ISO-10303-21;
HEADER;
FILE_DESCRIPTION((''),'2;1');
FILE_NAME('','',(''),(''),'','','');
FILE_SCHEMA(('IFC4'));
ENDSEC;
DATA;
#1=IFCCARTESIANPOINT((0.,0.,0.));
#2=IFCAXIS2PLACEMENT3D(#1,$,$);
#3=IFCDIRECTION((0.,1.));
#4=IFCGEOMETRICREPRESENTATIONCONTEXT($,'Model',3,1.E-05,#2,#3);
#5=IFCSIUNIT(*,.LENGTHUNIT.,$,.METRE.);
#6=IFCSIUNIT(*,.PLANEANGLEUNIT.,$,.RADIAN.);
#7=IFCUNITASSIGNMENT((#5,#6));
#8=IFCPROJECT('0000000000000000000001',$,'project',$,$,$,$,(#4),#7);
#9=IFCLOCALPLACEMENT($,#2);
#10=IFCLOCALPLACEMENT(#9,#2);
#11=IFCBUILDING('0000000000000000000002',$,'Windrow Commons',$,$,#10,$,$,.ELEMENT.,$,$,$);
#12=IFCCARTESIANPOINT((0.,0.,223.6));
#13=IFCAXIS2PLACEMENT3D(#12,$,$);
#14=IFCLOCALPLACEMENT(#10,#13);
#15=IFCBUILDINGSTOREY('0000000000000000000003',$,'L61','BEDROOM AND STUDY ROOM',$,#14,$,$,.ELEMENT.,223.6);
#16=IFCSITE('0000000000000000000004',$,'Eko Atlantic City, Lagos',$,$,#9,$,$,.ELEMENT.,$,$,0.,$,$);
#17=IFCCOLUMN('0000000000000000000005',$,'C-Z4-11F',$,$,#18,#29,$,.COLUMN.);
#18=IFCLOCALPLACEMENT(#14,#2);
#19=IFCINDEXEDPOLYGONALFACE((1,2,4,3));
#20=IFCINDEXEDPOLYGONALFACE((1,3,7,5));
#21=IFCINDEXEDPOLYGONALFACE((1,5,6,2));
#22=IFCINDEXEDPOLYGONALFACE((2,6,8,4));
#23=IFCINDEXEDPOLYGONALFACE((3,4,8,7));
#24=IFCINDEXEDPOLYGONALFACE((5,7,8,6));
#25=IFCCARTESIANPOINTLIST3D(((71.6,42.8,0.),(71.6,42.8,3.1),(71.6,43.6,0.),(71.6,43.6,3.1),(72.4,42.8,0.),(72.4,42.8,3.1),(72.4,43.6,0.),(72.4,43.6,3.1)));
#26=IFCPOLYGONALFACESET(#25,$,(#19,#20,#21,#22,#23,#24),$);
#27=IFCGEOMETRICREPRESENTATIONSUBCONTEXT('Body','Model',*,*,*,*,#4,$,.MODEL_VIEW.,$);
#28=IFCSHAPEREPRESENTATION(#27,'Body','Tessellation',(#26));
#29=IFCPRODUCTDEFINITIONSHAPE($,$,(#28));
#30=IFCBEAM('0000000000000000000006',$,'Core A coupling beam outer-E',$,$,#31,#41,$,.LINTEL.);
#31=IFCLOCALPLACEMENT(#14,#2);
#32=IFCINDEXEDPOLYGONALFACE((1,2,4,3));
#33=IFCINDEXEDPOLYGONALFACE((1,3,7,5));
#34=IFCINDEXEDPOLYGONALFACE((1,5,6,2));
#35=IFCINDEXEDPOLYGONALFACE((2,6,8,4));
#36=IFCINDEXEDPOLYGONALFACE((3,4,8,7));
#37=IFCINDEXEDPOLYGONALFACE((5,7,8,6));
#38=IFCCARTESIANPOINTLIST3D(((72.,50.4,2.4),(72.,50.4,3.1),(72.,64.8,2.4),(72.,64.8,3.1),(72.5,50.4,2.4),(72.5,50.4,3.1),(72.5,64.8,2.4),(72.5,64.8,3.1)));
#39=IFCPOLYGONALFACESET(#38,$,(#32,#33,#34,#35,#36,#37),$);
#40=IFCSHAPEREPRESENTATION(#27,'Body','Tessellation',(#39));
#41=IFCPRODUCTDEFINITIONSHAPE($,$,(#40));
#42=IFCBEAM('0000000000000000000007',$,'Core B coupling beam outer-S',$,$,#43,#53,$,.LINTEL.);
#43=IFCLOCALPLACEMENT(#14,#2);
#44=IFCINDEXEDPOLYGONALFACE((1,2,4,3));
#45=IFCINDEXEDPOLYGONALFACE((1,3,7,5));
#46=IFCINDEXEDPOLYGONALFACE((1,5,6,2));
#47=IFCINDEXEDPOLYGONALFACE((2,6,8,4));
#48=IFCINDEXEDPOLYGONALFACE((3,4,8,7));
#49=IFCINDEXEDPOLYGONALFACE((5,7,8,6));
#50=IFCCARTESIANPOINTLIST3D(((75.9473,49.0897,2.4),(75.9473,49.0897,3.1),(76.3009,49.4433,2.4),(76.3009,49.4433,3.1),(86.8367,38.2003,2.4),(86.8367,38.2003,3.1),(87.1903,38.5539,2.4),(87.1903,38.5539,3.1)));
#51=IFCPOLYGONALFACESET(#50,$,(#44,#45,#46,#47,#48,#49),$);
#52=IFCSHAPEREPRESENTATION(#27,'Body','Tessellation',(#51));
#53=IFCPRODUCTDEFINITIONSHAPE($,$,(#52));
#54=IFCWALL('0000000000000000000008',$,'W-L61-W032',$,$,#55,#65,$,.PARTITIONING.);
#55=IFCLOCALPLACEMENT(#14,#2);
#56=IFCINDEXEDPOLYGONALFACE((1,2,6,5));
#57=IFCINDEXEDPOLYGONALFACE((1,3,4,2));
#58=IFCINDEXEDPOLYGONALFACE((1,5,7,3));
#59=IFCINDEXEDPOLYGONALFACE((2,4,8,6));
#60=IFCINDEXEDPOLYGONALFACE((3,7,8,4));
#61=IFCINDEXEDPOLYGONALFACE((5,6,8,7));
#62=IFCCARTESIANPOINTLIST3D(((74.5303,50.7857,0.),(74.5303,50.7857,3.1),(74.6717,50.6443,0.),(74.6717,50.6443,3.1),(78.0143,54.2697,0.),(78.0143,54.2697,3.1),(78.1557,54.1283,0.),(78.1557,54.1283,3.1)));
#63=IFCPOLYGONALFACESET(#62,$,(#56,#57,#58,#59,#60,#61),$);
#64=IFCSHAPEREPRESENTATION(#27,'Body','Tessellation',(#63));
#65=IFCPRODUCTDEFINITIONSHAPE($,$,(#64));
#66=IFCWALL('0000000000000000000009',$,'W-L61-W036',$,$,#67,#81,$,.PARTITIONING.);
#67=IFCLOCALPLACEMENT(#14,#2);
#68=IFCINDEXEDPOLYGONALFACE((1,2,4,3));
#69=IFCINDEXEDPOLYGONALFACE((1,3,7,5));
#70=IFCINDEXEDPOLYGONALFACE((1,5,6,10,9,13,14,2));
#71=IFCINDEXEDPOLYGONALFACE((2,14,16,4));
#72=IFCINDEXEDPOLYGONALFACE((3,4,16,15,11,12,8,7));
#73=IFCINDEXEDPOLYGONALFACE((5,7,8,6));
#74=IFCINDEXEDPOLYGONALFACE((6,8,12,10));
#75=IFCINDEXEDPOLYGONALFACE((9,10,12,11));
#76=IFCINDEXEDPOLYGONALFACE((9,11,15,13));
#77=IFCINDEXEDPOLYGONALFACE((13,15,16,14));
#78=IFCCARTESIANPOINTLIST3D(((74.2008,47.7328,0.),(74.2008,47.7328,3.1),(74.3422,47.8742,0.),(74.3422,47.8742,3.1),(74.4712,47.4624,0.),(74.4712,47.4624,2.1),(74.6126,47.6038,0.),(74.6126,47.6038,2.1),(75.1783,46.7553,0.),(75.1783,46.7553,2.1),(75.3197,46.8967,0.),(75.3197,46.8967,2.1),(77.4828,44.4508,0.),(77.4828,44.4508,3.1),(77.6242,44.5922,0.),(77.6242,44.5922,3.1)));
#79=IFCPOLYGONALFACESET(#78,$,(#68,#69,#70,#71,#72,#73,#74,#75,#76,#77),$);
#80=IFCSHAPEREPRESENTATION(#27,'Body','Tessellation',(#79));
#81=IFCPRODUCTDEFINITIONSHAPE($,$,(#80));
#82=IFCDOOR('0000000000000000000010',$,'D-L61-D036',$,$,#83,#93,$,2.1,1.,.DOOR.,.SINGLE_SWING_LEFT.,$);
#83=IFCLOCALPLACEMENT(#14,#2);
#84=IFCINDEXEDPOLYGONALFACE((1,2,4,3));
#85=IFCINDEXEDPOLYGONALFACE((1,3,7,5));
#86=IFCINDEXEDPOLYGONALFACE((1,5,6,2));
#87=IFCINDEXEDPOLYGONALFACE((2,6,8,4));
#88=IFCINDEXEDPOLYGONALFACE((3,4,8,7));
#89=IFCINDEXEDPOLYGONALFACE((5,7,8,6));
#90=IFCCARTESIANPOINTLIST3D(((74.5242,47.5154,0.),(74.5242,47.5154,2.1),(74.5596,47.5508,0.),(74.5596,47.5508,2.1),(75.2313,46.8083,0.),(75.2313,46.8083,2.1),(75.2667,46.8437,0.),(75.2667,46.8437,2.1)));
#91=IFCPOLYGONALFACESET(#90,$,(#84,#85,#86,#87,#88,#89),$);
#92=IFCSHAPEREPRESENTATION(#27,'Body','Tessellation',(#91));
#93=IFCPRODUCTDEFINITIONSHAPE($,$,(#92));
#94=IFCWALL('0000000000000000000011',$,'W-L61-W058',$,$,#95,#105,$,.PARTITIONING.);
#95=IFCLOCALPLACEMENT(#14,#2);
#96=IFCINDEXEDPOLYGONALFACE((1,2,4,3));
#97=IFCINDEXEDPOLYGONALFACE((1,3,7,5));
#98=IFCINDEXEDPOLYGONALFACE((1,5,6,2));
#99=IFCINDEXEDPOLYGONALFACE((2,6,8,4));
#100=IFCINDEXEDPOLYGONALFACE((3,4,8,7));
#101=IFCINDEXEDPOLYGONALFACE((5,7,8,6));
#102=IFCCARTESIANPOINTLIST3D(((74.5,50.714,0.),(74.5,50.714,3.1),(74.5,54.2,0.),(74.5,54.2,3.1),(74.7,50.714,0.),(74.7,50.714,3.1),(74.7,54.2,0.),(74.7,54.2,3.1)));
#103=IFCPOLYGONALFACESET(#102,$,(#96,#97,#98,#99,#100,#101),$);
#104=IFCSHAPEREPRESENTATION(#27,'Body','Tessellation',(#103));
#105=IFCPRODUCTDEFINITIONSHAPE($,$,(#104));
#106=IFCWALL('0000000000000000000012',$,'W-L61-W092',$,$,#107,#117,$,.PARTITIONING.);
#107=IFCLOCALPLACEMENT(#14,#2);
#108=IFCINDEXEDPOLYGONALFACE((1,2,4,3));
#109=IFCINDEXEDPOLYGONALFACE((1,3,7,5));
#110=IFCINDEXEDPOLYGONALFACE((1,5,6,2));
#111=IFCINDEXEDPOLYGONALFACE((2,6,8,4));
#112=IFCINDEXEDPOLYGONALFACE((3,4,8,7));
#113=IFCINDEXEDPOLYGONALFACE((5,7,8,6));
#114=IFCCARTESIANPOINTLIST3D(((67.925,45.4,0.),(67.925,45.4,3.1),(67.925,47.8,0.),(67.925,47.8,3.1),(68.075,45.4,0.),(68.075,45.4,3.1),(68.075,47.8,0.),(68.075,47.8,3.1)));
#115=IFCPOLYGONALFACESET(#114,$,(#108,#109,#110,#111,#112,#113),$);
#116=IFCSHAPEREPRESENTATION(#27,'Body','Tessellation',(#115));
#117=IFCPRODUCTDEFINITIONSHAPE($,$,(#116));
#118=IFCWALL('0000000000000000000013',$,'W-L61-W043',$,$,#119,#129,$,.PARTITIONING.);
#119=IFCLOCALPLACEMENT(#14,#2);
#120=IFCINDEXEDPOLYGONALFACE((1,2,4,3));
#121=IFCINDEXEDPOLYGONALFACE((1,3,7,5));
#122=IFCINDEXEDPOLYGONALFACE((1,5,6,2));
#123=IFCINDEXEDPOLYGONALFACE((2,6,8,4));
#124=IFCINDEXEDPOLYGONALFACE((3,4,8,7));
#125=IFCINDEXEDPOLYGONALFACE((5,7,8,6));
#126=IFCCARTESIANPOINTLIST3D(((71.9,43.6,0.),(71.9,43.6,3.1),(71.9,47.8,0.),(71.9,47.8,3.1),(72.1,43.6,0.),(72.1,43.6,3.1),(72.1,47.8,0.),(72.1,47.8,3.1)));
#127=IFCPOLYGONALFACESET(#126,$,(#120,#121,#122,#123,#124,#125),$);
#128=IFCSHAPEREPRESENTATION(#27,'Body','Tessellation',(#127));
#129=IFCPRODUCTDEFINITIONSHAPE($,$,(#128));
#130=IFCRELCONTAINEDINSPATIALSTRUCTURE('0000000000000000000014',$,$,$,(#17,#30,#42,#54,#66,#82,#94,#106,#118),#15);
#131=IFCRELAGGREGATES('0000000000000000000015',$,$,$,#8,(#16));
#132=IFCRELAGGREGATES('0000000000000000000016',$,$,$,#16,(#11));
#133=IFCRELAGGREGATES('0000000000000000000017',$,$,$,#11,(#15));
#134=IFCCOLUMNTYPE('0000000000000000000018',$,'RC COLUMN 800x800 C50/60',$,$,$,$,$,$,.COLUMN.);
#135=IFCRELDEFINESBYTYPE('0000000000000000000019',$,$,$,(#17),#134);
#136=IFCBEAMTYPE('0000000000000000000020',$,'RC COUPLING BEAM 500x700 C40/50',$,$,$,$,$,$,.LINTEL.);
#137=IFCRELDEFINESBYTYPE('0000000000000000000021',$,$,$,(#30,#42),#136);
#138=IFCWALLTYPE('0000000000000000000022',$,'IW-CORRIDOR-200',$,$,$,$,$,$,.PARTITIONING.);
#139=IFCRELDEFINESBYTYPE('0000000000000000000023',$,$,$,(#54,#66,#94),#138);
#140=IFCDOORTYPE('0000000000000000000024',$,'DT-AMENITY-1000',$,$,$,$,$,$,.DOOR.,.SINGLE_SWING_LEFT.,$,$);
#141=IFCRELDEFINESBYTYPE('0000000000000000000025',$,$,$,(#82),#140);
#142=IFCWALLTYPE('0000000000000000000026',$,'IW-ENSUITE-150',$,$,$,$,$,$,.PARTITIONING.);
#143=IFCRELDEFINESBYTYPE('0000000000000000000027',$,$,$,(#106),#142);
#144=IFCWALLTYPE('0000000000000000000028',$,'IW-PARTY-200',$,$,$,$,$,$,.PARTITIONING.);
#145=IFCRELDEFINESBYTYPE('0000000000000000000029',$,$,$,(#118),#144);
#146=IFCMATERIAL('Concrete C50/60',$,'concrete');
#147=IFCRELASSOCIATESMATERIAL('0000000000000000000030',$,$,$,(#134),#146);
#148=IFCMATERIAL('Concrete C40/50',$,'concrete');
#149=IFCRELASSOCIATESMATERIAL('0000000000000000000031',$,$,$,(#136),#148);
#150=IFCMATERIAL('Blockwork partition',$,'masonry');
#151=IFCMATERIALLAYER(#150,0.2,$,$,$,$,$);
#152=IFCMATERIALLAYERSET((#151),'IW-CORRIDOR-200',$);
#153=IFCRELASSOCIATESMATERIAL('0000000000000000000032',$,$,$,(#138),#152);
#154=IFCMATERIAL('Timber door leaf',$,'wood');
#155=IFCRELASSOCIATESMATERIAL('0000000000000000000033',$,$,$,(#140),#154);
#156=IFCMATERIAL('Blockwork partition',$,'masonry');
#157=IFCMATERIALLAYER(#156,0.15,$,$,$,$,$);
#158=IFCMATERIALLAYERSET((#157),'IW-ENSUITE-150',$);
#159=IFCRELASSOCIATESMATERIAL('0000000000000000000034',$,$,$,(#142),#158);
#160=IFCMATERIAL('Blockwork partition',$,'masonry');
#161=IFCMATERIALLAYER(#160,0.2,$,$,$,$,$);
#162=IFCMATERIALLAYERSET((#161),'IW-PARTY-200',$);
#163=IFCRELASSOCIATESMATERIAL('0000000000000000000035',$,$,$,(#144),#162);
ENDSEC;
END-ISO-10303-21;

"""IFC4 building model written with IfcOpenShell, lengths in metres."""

from ifc_helpers import new_model, si_unit, direction, frame, frame_2d, origin, origin_2d, place, context, subcontext, project, spatial, rectangle, extrude, material, layer, layer_set, material_profile, profile_set, type_object, element, fill, save


model = new_model("IFC4")

# Units and contexts
model_context = context("Model", 3, precision=1e-05, world=origin(), true_north=direction((0.0, 1.0)))
body_context = subcontext(model_context, "Body", "Model", "MODEL_VIEW")
ifc_project = project(units=[si_unit("LENGTHUNIT", "METRE"), si_unit("PLANEANGLEUNIT", "RADIAN")], contexts=[model_context])

# Site, building, storey
site_placement = place(None, origin())
site = spatial("IfcSite", under=ifc_project, at=site_placement, Name="Eko Atlantic City, Lagos", CompositionType="ELEMENT", RefElevation=0.0)
building_placement = place(site_placement, origin())
building = spatial("IfcBuilding", under=site, at=building_placement, Name="Windrow Commons", CompositionType="ELEMENT")
storey_placement = place(building_placement, frame((0.0, 0.0, 223.6)))
storey = spatial("IfcBuildingStorey", under=building, at=storey_placement, Name="L61", Description="BEDROOM AND STUDY ROOM", CompositionType="ELEMENT", Elevation=223.6)

# Column
ifc_material_1 = material(Name="Concrete C50/60", Category="concrete")
ifc_material_profile_1 = material_profile(ifc_material_1, rectangle(XDim=0.8, YDim=0.8, at=origin_2d()))
ifc_profile_set_1 = profile_set([ifc_material_profile_1], Name="Concrete C50/60")
column_type = type_object("IfcColumnType", Name="RC COLUMN 800x800 C50/60", PredefinedType="COLUMN", material=ifc_profile_set_1)
column_placement = place(storey_placement, frame((72.0, 43.2, 0.0), z_axis=(0.0, 0.0, 1.0), x_axis=(1.0, 0.0, 0.0)))
element("IfcColumn", 1, at=column_placement, inside=storey, type_object=column_type, Name="C-Z4-11F", PredefinedType="COLUMN", context=body_context, shape_type="SweptSolid", body=[
    extrude(rectangle(XDim=0.8, YDim=0.8, at=origin_2d()), origin(), (0.0, 0.0, 1.0), 3.1),
])

# Beams
ifc_material_2 = material(Name="Concrete C40/50", Category="concrete")
ifc_material_profile_2 = material_profile(ifc_material_2, rectangle(XDim=0.5, YDim=0.7, at=origin_2d()))
ifc_profile_set_2 = profile_set([ifc_material_profile_2], Name="Concrete C40/50")
beam_type = type_object("IfcBeamType", Name="RC COUPLING BEAM 500x700 C40/50", PredefinedType="LINTEL", material=ifc_profile_set_2)
beam_1_placement = place(storey_placement, frame((72.25, 50.4, 2.75), z_axis=(0.0, 1.0, 0.0), x_axis=(-1.0, 0.0, 0.0)))
element("IfcBeam", 2, at=beam_1_placement, inside=storey, type_object=beam_type, Name="Core A coupling beam outer-E", PredefinedType="LINTEL", context=body_context, shape_type="SweptSolid", body=[
    extrude(rectangle(XDim=0.5, YDim=0.7, at=origin_2d()), origin(), (0.0, 0.0, 1.0), 14.4),
])
beam_2_placement = place(storey_placement, frame((76.1241, 49.2665, 2.75), z_axis=(0.707107, -0.707107, 0.0), x_axis=(0.707107, 0.707107, 0.0)))
element("IfcBeam", 3, at=beam_2_placement, inside=storey, type_object=beam_type, Name="Core B coupling beam outer-S", PredefinedType="LINTEL", context=body_context, shape_type="SweptSolid", body=[
    extrude(rectangle(XDim=0.5, YDim=0.7, at=origin_2d()), origin(), (0.0, 0.0, 1.0), 15.3999),
])

# Wall
ifc_material_3 = material(Name="Blockwork partition", Category="masonry")
ifc_layer_1 = layer(ifc_material_3, 0.2)
ifc_layer_set_1 = layer_set([ifc_layer_1], Name="IW-CORRIDOR-200")
wall_type_1 = type_object("IfcWallType", Name="IW-CORRIDOR-200", PredefinedType="PARTITIONING", material=ifc_layer_set_1)
wall_1_placement = place(storey_placement, frame((74.601, 50.715, 0.0), z_axis=(0.0, 0.0, 1.0), x_axis=(0.707107, 0.707107, 0.0)))
element("IfcWall", 4, at=wall_1_placement, inside=storey, type_object=wall_type_1, Name="W-L61-W032", PredefinedType="PARTITIONING", context=body_context, shape_type="SweptSolid", body=[
    extrude(rectangle(XDim=4.9271, YDim=0.2, at=frame_2d((2.4636, 0.0))), origin(), (0.0, 0.0, 1.0), 3.1),
])

# Wall, opening, door
wall_2_placement = place(storey_placement, frame((74.2715, 47.8035, 0.0), z_axis=(0.0, 0.0, 1.0), x_axis=(0.707107, -0.707107, 0.0)))
wall_2 = element("IfcWall", 5, at=wall_2_placement, inside=storey, type_object=wall_type_1, Name="W-L61-W036", PredefinedType="PARTITIONING", context=body_context, shape_type="SweptSolid", body=[
    extrude(rectangle(XDim=4.6414, YDim=0.2, at=frame_2d((2.3207, 0.0))), origin(), (0.0, 0.0, 1.0), 3.1),
])
opening_1_placement = place(wall_2_placement, frame((0.3824, 0.0, 0.0)))
opening_1 = element("IfcOpeningElement", 6, at=opening_1_placement, cuts=wall_2, PredefinedType="OPENING", context=body_context, shape_type="SweptSolid", body=[
    extrude(rectangle(XDim=1.0, YDim=2.1, at=frame_2d((0.5, 1.05))), frame((0.0, 0.11, 0.0), z_axis=(0.0, -1.0, 0.0), x_axis=(1.0, 0.0, 0.0)), (0.0, 0.0, 1.0), 0.22),
])
ifc_material_4 = material(Name="Timber door leaf", Category="wood")
door_type_1 = type_object("IfcDoorType", Name="DT-AMENITY-1000", OperationType="SINGLE_SWING_LEFT", PredefinedType="DOOR", material=ifc_material_4)
door_1_placement = place(opening_1_placement, origin())
door_1 = element("IfcDoor", 7, at=door_1_placement, inside=storey, type_object=door_type_1, Name="D-L61-D036", OperationType="SINGLE_SWING_LEFT", OverallHeight=2.1, OverallWidth=1.0, PredefinedType="DOOR", context=body_context, shape_type="SweptSolid", body=[
    extrude(rectangle(XDim=1.0, YDim=2.1, at=frame_2d((0.5, 1.05))), frame((0.0, 0.025, 0.0), z_axis=(0.0, -1.0, 0.0), x_axis=(1.0, 0.0, 0.0)), (0.0, 0.0, 1.0), 0.05),
])
fill(opening_1, door_1)

# Walls
wall_3_placement = place(storey_placement, frame((74.6, 50.714, 0.0), z_axis=(0.0, 0.0, 1.0), x_axis=(0.0, 1.0, 0.0)))
element("IfcWall", 8, at=wall_3_placement, inside=storey, type_object=wall_type_1, Name="W-L61-W058", PredefinedType="PARTITIONING", context=body_context, shape_type="SweptSolid", body=[
    extrude(rectangle(XDim=3.486, YDim=0.2, at=frame_2d((1.743, 0.0))), origin(), (0.0, 0.0, 1.0), 3.1),
])
ifc_material_5 = material(Name="Blockwork partition", Category="masonry")
ifc_layer_2 = layer(ifc_material_5, 0.15)
ifc_layer_set_2 = layer_set([ifc_layer_2], Name="IW-ENSUITE-150")
wall_type_2 = type_object("IfcWallType", Name="IW-ENSUITE-150", PredefinedType="PARTITIONING", material=ifc_layer_set_2)
wall_4_placement = place(storey_placement, frame((68.0, 45.4, 0.0), z_axis=(0.0, 0.0, 1.0), x_axis=(0.0, 1.0, 0.0)))
element("IfcWall", 9, at=wall_4_placement, inside=storey, type_object=wall_type_2, Name="W-L61-W092", PredefinedType="PARTITIONING", context=body_context, shape_type="SweptSolid", body=[
    extrude(rectangle(XDim=2.4, YDim=0.15, at=frame_2d((1.2, 0.0))), origin(), (0.0, 0.0, 1.0), 3.1),
])
ifc_material_6 = material(Name="Blockwork partition", Category="masonry")
ifc_layer_3 = layer(ifc_material_6, 0.2)
ifc_layer_set_3 = layer_set([ifc_layer_3], Name="IW-PARTY-200")
wall_type_3 = type_object("IfcWallType", Name="IW-PARTY-200", PredefinedType="PARTITIONING", material=ifc_layer_set_3)
wall_5_placement = place(storey_placement, frame((72.0, 43.6, 0.0), z_axis=(0.0, 0.0, 1.0), x_axis=(0.0, 1.0, 0.0)))
element("IfcWall", 10, at=wall_5_placement, inside=storey, type_object=wall_type_3, Name="W-L61-W043", PredefinedType="PARTITIONING", context=body_context, shape_type="SweptSolid", body=[
    extrude(rectangle(XDim=4.2, YDim=0.2, at=frame_2d((2.1, 0.0))), origin(), (0.0, 0.0, 1.0), 3.1),
])

save(model, "model.ifc")
